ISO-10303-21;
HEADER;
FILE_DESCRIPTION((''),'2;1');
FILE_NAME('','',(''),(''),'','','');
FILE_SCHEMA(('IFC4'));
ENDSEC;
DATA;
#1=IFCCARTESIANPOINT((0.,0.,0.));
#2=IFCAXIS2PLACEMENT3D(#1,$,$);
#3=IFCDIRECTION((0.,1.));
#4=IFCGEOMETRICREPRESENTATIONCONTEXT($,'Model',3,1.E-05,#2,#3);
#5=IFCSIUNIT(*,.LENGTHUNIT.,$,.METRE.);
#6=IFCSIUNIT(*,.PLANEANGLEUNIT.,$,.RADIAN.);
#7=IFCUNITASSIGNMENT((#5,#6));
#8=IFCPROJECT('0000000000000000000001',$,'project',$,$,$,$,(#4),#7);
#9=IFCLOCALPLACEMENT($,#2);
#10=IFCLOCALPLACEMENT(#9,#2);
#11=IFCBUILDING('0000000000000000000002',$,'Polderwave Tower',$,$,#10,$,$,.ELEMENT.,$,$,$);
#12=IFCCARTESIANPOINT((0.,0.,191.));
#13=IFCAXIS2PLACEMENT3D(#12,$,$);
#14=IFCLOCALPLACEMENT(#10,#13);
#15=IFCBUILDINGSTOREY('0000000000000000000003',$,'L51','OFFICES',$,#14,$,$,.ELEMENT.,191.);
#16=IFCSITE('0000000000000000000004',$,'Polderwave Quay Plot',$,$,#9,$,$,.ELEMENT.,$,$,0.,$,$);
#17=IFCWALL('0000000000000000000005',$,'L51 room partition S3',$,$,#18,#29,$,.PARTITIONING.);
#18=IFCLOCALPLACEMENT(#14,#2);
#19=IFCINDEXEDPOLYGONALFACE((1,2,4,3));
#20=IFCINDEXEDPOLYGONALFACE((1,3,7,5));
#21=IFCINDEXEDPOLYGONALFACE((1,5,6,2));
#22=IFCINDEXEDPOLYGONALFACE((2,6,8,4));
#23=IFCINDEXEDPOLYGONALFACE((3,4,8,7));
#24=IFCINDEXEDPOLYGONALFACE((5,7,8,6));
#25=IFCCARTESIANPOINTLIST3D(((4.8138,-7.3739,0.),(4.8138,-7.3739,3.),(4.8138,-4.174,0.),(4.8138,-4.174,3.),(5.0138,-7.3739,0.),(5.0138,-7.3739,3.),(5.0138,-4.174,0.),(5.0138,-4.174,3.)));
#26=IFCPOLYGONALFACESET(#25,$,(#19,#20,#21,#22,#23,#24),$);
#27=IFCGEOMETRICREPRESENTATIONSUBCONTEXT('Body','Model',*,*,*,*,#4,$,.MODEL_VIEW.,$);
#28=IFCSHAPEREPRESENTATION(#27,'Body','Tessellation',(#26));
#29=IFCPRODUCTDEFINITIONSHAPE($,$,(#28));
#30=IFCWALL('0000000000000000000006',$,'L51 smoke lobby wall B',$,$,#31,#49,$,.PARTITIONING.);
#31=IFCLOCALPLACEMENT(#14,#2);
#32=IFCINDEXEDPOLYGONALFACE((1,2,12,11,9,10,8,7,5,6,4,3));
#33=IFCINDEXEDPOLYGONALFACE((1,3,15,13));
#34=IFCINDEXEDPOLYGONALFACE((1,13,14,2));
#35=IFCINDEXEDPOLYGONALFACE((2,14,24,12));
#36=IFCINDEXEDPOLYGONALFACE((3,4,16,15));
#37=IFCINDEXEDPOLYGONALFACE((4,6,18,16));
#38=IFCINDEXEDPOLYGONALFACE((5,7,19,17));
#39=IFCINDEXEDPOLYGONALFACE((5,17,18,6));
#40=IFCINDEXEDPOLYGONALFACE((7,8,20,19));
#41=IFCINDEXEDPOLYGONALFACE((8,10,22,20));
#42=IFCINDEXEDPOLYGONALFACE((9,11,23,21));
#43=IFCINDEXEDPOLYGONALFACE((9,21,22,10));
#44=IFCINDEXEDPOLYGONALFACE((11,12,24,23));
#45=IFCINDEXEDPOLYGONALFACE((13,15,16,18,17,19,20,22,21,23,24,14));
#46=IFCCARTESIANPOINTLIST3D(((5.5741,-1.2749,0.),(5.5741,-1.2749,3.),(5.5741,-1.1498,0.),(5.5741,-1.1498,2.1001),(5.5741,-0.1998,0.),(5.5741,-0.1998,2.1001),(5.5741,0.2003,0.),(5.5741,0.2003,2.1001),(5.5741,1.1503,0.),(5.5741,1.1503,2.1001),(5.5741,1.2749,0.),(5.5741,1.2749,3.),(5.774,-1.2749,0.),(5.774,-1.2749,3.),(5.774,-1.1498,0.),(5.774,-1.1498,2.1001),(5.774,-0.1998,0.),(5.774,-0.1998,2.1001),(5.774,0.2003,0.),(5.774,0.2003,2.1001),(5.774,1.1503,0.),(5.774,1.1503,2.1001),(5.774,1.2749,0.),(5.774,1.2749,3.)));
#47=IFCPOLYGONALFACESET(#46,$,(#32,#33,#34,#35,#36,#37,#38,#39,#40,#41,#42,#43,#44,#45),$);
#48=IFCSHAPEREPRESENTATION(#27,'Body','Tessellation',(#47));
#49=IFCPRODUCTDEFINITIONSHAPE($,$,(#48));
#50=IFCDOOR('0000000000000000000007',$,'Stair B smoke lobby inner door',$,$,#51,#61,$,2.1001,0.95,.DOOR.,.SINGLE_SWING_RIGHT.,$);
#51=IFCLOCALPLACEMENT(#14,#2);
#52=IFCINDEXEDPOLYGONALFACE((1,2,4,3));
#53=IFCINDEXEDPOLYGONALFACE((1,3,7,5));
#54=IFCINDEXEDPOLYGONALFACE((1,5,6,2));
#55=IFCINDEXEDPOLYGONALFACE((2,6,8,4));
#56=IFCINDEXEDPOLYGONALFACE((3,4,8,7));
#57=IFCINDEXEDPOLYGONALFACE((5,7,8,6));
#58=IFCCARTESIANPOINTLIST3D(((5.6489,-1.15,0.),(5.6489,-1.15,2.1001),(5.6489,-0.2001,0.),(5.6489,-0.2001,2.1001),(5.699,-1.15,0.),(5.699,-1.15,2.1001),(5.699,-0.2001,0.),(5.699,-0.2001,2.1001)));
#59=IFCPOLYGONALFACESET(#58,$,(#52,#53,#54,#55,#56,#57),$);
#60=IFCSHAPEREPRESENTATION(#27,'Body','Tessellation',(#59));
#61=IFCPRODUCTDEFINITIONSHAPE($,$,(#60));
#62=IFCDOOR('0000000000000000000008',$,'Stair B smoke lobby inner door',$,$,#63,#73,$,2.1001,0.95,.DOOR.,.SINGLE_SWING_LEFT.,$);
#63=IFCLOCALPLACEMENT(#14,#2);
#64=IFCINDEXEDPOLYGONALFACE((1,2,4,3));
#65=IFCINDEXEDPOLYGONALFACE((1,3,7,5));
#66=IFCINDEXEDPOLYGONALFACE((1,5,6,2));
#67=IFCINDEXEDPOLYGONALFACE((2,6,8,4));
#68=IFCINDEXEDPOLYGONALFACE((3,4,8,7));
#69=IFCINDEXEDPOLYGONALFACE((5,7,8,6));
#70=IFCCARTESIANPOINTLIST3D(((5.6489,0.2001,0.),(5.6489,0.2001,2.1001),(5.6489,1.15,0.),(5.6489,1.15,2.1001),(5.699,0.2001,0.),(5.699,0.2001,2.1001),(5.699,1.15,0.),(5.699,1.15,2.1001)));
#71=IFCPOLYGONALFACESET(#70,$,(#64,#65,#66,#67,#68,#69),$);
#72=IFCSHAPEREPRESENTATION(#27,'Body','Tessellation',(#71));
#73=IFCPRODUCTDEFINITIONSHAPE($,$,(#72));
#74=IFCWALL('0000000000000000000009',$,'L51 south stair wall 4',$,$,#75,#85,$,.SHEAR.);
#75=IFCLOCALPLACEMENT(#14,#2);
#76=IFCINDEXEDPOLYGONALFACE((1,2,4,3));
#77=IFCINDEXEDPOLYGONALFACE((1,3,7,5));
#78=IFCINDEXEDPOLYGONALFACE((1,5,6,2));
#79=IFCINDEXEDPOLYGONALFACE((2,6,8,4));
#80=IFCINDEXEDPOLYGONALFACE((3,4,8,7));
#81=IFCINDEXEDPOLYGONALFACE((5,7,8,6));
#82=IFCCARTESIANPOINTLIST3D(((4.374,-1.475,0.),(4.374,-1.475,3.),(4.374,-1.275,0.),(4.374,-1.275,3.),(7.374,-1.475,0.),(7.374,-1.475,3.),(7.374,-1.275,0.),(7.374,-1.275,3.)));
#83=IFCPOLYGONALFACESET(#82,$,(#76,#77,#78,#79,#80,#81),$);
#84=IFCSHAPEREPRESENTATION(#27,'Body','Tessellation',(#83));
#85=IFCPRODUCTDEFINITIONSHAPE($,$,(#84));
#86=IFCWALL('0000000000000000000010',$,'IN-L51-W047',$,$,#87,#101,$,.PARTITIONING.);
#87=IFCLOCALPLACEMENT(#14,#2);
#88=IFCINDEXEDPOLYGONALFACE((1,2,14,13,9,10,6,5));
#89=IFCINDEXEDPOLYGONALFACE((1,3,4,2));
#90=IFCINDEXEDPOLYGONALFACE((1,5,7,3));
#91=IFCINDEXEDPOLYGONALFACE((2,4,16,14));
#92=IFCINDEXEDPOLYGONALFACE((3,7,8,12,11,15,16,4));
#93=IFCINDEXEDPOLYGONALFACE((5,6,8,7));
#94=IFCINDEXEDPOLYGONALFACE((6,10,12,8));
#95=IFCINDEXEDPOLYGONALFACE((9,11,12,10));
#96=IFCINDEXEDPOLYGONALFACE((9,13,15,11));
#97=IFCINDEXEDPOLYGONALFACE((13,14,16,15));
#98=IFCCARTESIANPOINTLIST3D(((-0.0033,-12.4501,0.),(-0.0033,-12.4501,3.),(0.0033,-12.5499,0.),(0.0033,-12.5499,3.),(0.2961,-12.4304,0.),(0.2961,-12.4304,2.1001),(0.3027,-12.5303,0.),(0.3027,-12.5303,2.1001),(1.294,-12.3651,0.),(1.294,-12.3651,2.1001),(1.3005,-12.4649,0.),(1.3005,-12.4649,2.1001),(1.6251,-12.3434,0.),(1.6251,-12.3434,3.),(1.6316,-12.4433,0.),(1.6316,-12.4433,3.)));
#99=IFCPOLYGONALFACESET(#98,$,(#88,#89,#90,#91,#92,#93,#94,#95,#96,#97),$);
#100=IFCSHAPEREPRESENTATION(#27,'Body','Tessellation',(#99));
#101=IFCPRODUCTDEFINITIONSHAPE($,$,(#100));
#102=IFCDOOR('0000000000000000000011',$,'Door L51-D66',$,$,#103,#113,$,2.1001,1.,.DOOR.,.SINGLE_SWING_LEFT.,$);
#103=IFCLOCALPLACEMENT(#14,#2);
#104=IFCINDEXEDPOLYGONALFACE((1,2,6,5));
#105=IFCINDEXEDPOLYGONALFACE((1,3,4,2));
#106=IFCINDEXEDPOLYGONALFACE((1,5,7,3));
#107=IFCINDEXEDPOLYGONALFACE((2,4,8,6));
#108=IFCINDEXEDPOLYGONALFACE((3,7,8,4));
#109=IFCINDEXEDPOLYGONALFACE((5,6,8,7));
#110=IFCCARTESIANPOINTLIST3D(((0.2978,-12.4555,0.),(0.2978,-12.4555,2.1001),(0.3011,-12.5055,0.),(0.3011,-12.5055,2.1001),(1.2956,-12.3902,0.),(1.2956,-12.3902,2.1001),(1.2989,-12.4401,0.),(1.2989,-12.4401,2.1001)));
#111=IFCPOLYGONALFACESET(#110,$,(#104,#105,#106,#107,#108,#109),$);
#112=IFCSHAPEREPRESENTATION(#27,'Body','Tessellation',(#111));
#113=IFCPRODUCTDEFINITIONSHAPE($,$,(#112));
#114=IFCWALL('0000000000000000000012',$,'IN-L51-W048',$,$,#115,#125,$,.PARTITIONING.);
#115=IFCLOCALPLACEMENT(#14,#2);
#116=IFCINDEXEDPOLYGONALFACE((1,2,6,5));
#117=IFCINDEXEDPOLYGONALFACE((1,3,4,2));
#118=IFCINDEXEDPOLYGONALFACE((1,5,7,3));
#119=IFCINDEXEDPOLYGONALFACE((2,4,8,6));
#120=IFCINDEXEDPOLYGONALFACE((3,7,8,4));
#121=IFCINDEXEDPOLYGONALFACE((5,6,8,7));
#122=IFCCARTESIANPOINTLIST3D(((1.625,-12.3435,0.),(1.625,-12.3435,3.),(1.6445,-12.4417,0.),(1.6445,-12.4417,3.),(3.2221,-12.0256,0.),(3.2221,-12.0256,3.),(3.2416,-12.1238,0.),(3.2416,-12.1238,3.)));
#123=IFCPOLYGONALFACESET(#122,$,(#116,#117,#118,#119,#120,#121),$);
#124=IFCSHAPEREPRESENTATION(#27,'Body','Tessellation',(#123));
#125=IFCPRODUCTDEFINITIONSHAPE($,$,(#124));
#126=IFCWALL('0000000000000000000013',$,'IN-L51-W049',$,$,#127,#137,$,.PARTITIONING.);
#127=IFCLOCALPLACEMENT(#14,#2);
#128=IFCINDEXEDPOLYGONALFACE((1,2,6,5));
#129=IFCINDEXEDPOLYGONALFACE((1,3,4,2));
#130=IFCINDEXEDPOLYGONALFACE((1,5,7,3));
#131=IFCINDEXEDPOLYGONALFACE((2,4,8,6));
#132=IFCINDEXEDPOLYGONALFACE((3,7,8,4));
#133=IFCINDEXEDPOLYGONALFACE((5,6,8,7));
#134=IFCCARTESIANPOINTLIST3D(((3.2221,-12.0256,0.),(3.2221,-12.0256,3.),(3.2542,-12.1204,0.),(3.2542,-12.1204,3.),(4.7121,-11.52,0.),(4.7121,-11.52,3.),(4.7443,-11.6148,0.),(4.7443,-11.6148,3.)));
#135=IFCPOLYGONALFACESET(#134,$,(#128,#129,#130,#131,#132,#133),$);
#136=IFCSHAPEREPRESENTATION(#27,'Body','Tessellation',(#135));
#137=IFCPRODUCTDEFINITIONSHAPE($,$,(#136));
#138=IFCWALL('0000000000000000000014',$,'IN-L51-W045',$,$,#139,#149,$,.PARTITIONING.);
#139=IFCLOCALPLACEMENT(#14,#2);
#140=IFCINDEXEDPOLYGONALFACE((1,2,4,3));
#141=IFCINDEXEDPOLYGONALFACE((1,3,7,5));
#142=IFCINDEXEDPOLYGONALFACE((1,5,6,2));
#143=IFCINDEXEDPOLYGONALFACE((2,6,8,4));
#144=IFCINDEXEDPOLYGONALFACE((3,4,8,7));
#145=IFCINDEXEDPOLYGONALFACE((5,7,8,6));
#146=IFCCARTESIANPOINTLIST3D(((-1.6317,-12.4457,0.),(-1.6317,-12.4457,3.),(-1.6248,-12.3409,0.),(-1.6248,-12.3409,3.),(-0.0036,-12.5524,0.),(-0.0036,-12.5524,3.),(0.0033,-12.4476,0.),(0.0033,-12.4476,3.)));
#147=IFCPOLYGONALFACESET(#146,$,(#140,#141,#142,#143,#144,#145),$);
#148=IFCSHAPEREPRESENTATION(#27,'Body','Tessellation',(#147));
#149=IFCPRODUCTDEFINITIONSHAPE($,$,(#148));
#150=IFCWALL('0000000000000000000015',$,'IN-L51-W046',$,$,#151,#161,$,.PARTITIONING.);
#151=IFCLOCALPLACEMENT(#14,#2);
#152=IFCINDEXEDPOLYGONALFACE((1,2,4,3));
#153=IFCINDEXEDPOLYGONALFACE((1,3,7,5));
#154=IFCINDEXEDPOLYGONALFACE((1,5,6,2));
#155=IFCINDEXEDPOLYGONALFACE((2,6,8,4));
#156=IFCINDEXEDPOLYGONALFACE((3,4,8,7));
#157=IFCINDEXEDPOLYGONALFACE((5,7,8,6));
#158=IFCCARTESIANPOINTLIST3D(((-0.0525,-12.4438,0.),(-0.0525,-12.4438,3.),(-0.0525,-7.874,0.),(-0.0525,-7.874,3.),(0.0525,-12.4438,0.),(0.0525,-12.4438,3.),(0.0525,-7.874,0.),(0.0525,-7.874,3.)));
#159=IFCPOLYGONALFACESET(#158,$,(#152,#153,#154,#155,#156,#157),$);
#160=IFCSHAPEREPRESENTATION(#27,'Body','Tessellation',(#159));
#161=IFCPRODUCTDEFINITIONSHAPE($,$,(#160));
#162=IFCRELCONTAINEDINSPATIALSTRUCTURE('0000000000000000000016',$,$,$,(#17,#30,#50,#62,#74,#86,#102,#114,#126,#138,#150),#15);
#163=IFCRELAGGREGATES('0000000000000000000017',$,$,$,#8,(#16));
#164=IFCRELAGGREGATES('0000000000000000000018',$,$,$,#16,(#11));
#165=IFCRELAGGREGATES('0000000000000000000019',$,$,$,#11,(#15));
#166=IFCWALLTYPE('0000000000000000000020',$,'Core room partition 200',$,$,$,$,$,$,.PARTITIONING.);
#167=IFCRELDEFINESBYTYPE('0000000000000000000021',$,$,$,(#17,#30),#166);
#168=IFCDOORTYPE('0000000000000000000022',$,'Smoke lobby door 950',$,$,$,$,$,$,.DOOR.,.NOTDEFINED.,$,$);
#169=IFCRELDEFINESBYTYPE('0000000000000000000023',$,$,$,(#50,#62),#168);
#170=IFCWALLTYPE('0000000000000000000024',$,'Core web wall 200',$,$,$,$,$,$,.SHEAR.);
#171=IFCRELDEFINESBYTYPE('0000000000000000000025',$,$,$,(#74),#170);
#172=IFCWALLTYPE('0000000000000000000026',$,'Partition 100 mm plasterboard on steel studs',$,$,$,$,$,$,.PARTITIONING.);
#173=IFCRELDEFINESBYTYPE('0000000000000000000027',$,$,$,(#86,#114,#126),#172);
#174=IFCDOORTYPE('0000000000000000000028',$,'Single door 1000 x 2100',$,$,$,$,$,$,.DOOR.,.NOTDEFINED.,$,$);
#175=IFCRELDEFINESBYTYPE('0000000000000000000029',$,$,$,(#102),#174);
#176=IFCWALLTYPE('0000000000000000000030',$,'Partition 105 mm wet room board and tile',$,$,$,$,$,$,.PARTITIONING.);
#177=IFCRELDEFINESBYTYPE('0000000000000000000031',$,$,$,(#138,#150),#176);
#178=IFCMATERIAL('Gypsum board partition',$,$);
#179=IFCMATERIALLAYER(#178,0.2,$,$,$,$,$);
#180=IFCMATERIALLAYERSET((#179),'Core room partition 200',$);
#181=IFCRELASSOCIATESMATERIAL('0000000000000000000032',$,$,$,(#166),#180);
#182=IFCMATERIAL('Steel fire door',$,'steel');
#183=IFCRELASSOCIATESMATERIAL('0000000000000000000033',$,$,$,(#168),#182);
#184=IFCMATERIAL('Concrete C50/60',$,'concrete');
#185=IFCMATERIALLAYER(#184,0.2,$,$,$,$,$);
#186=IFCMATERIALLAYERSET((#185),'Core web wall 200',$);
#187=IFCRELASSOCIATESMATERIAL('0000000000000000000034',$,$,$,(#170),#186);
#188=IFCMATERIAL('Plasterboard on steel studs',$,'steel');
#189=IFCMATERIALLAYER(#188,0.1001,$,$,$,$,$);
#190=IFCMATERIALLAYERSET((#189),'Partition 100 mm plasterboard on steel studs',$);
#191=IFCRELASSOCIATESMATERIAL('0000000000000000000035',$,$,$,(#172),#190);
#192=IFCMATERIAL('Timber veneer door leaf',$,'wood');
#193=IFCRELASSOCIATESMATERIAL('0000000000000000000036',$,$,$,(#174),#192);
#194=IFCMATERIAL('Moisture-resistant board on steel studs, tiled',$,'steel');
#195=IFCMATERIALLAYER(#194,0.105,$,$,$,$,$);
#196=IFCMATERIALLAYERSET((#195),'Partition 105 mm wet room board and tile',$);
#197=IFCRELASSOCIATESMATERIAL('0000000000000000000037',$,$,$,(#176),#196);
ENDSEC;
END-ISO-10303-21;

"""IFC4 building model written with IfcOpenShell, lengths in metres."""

from ifc_helpers import new_model, si_unit, direction, frame, frame_2d, origin, place, context, subcontext, project, spatial, rectangle, extrude, material, layer, layer_set, type_object, element, fill, save


model = new_model("IFC4")

# Units and contexts
model_context = context("Model", 3, precision=1e-05, world=origin(), true_north=direction((0.0, 1.0)))
body_context = subcontext(model_context, "Body", "Model", "MODEL_VIEW")
ifc_project = project(units=[si_unit("LENGTHUNIT", "METRE"), si_unit("PLANEANGLEUNIT", "RADIAN")], contexts=[model_context])

# Site, building, storey
site_placement = place(None, origin())
site = spatial("IfcSite", under=ifc_project, at=site_placement, Name="Polderwave Quay Plot", CompositionType="ELEMENT", RefElevation=0.0)
building_placement = place(site_placement, origin())
building = spatial("IfcBuilding", under=site, at=building_placement, Name="Polderwave Tower", CompositionType="ELEMENT")
storey_placement = place(building_placement, frame((0.0, 0.0, 191.0)))
storey = spatial("IfcBuildingStorey", under=building, at=storey_placement, Name="L51", Description="OFFICES", CompositionType="ELEMENT", Elevation=191.0)

# Wall
ifc_material_1 = material(Name="Gypsum board partition")
ifc_layer_1 = layer(ifc_material_1, 0.2)
ifc_layer_set_1 = layer_set([ifc_layer_1], Name="Core room partition 200")
wall_type_1 = type_object("IfcWallType", Name="Core room partition 200", PredefinedType="PARTITIONING", material=ifc_layer_set_1)
for number, where, z_axis, x_axis, name in (
    (1, (4.9138, -7.374, 0.0), (0.0, 0.0, 1.0), (0.0, 1.0, 0.0), "L51 room partition S3"),
):
    element("IfcWall", number, at=place(storey_placement, frame(where, z_axis=z_axis, x_axis=x_axis)), inside=storey, type_object=wall_type_1, Name=name, PredefinedType="PARTITIONING", context=body_context, shape_type="SweptSolid", body=[
        extrude(rectangle(XDim=3.2, YDim=0.2, at=frame_2d((1.6001, 0.0))), origin(), (0.0, 0.0, 1.0), 3.0),
    ])

# Wall, openings, doors
wall_1_placement = place(storey_placement, frame((5.6741, -1.2749, 0.0), z_axis=(0.0, 0.0, 1.0), x_axis=(0.0, 1.0, 0.0)))
wall_1 = element("IfcWall", 2, at=wall_1_placement, inside=storey, type_object=wall_type_1, Name="L51 smoke lobby wall B", PredefinedType="PARTITIONING", context=body_context, shape_type="SweptSolid", body=[
    extrude(rectangle(XDim=2.5498, YDim=0.2, at=frame_2d((1.2749, 0.0))), origin(), (0.0, 0.0, 1.0), 3.0),
])
opening_1_placement = place(wall_1_placement, frame((0.125, 0.0, 0.0)))
opening_1 = element("IfcOpeningElement", 3, at=opening_1_placement, cuts=wall_1, PredefinedType="OPENING", context=body_context, shape_type="SweptSolid", body=[
    extrude(rectangle(XDim=0.95, YDim=2.1001, at=frame_2d((0.4751, 1.05))), frame((0.0, 0.1099, 0.0), z_axis=(0.0, -1.0, 0.0), x_axis=(1.0, 0.0, 0.0)), (0.0, 0.0, 1.0), 0.22),
])
opening_2_placement = place(wall_1_placement, frame((1.4751, 0.0, 0.0)))
opening_2 = element("IfcOpeningElement", 4, at=opening_2_placement, cuts=wall_1, PredefinedType="OPENING", context=body_context, shape_type="SweptSolid", body=[
    extrude(rectangle(XDim=0.95, YDim=2.1001, at=frame_2d((0.4751, 1.05))), frame((0.0, 0.1099, 0.0), z_axis=(0.0, -1.0, 0.0), x_axis=(1.0, 0.0, 0.0)), (0.0, 0.0, 1.0), 0.22),
])
ifc_material_2 = material(Name="Steel fire door", Category="steel")
door_type_1 = type_object("IfcDoorType", Name="Smoke lobby door 950", OperationType="NOTDEFINED", PredefinedType="DOOR", material=ifc_material_2)
door_1_placement = place(opening_1_placement, frame((0.95, 0.0, 0.0), z_axis=(0.0, 0.0, 1.0), x_axis=(-1.0, 0.0, 0.0)))
door_1 = element("IfcDoor", 5, at=door_1_placement, inside=storey, type_object=door_type_1, Name="Stair B smoke lobby inner door", OperationType="SINGLE_SWING_RIGHT", OverallHeight=2.1001, OverallWidth=0.95, PredefinedType="DOOR", context=body_context, shape_type="SweptSolid", body=[
    extrude(rectangle(XDim=0.95, YDim=2.1001, at=frame_2d((0.4751, 1.05))), frame((0.0, 0.0249, 0.0), z_axis=(0.0, -1.0, 0.0), x_axis=(1.0, 0.0, 0.0)), (0.0, 0.0, 1.0), 0.05),
])
fill(opening_1, door_1)
door_2_placement = place(opening_2_placement, frame((0.95, 0.0, 0.0), z_axis=(0.0, 0.0, 1.0), x_axis=(-1.0, 0.0, 0.0)))
door_2 = element("IfcDoor", 6, at=door_2_placement, inside=storey, type_object=door_type_1, Name="Stair B smoke lobby inner door", OperationType="SINGLE_SWING_LEFT", OverallHeight=2.1001, OverallWidth=0.95, PredefinedType="DOOR", context=body_context, shape_type="SweptSolid", body=[
    extrude(rectangle(XDim=0.95, YDim=2.1001, at=frame_2d((0.4751, 1.05))), frame((0.0, 0.0249, 0.0), z_axis=(0.0, -1.0, 0.0), x_axis=(1.0, 0.0, 0.0)), (0.0, 0.0, 1.0), 0.05),
])
fill(opening_2, door_2)

# Wall
ifc_material_3 = material(Name="Concrete C50/60", Category="concrete")
ifc_layer_2 = layer(ifc_material_3, 0.2)
ifc_layer_set_2 = layer_set([ifc_layer_2], Name="Core web wall 200")
wall_type_2 = type_object("IfcWallType", Name="Core web wall 200", PredefinedType="SHEAR", material=ifc_layer_set_2)
wall_2_placement = place(storey_placement, frame((4.374, -1.375, 0.0), z_axis=(0.0, 0.0, 1.0), x_axis=(1.0, 0.0, 0.0)))
element("IfcWall", 7, at=wall_2_placement, inside=storey, type_object=wall_type_2, Name="L51 south stair wall 4", PredefinedType="SHEAR", context=body_context, shape_type="SweptSolid", body=[
    extrude(rectangle(XDim=3.0, YDim=0.2, at=frame_2d((1.5, 0.0))), origin(), (0.0, 0.0, 1.0), 3.0),
])

# Wall, opening, door
ifc_material_4 = material(Name="Plasterboard on steel studs", Category="steel")
ifc_layer_3 = layer(ifc_material_4, 0.1001)
ifc_layer_set_3 = layer_set([ifc_layer_3], Name="Partition 100 mm plasterboard on steel studs")
wall_type_3 = type_object("IfcWallType", Name="Partition 100 mm plasterboard on steel studs", PredefinedType="PARTITIONING", material=ifc_layer_set_3)
wall_3_placement = place(storey_placement, frame((0.0, -12.5, 0.0), z_axis=(0.0, 0.0, 1.0), x_axis=(0.997861, 0.065377, 0.0)))
wall_3 = element("IfcWall", 8, at=wall_3_placement, inside=storey, type_object=wall_type_3, Name="IN-L51-W047", PredefinedType="PARTITIONING", context=body_context, shape_type="SweptSolid", body=[
    extrude(rectangle(XDim=1.6318, YDim=0.1001, at=frame_2d((0.8159, 0.0))), origin(), (0.0, 0.0, 1.0), 3.0),
])
opening_3_placement = place(wall_3_placement, frame((0.3, 0.0, 0.0)))
opening_3 = element("IfcOpeningElement", 9, at=opening_3_placement, cuts=wall_3, PredefinedType="OPENING", context=body_context, shape_type="SweptSolid", body=[
    extrude(rectangle(XDim=1.0, YDim=2.1001, at=frame_2d((0.5, 1.05))), frame((0.0, 0.0601, 0.0), z_axis=(0.0, -1.0, 0.0), x_axis=(1.0, 0.0, 0.0)), (0.0, 0.0, 1.0), 0.1201),
])
ifc_material_5 = material(Name="Timber veneer door leaf", Category="wood")
door_type_2 = type_object("IfcDoorType", Name="Single door 1000 x 2100", OperationType="NOTDEFINED", PredefinedType="DOOR", material=ifc_material_5)
door_3_placement = place(opening_3_placement, origin())
door_3 = element("IfcDoor", 10, at=door_3_placement, inside=storey, type_object=door_type_2, Name="Door L51-D66", OperationType="SINGLE_SWING_LEFT", OverallHeight=2.1001, OverallWidth=1.0, PredefinedType="DOOR", context=body_context, shape_type="SweptSolid", body=[
    extrude(rectangle(XDim=1.0, YDim=2.1001, at=frame_2d((0.5, 1.05))), frame((0.0, 0.0249, 0.0), z_axis=(0.0, -1.0, 0.0), x_axis=(1.0, 0.0, 0.0)), (0.0, 0.0, 1.0), 0.05),
])
fill(opening_3, door_3)

# Walls
wall_4_placement = place(storey_placement, frame((1.6348, -12.3926, 0.0), z_axis=(0.0, 0.0, 1.0), x_axis=(0.980765, 0.195193, 0.0)))
element("IfcWall", 11, at=wall_4_placement, inside=storey, type_object=wall_type_3, Name="IN-L51-W048", PredefinedType="PARTITIONING", context=body_context, shape_type="SweptSolid", body=[
    extrude(rectangle(XDim=1.6284, YDim=0.1001, at=frame_2d((0.8142, 0.0))), origin(), (0.0, 0.0, 1.0), 3.0),
])
wall_5_placement = place(storey_placement, frame((3.2383, -12.073, 0.0), z_axis=(0.0, 0.0, 1.0), x_axis=(0.946963, 0.321344, 0.0)))
element("IfcWall", 12, at=wall_5_placement, inside=storey, type_object=wall_type_3, Name="IN-L51-W049", PredefinedType="PARTITIONING", context=body_context, shape_type="SweptSolid", body=[
    extrude(rectangle(XDim=1.5735, YDim=0.1001, at=frame_2d((0.7866, 0.0))), origin(), (0.0, 0.0, 1.0), 3.0),
])
ifc_material_6 = material(Name="Moisture-resistant board on steel studs, tiled", Category="steel")
ifc_layer_4 = layer(ifc_material_6, 0.105)
ifc_layer_set_4 = layer_set([ifc_layer_4], Name="Partition 105 mm wet room board and tile")
wall_type_4 = type_object("IfcWallType", Name="Partition 105 mm wet room board and tile", PredefinedType="PARTITIONING", material=ifc_layer_set_4)
wall_6_placement = place(storey_placement, frame((0.0, -12.5, 0.0), z_axis=(0.0, 0.0, 1.0), x_axis=(-0.99786, 0.065387, 0.0)))
element("IfcWall", 13, at=wall_6_placement, inside=storey, type_object=wall_type_4, Name="IN-L51-W045", PredefinedType="PARTITIONING", context=body_context, shape_type="SweptSolid", body=[
    extrude(rectangle(XDim=1.6316, YDim=0.105, at=frame_2d((0.8159, 0.0))), origin(), (0.0, 0.0, 1.0), 3.0),
])
wall_7_placement = place(storey_placement, frame((0.0, -7.874, 0.0), z_axis=(0.0, 0.0, 1.0), x_axis=(0.0, -1.0, 0.0)))
element("IfcWall", 14, at=wall_7_placement, inside=storey, type_object=wall_type_4, Name="IN-L51-W046", PredefinedType="PARTITIONING", context=body_context, shape_type="SweptSolid", body=[
    extrude(rectangle(XDim=4.5698, YDim=0.105, at=frame_2d((2.2849, 0.0))), origin(), (0.0, 0.0, 1.0), 3.0),
])

save(model, "model.ifc")
